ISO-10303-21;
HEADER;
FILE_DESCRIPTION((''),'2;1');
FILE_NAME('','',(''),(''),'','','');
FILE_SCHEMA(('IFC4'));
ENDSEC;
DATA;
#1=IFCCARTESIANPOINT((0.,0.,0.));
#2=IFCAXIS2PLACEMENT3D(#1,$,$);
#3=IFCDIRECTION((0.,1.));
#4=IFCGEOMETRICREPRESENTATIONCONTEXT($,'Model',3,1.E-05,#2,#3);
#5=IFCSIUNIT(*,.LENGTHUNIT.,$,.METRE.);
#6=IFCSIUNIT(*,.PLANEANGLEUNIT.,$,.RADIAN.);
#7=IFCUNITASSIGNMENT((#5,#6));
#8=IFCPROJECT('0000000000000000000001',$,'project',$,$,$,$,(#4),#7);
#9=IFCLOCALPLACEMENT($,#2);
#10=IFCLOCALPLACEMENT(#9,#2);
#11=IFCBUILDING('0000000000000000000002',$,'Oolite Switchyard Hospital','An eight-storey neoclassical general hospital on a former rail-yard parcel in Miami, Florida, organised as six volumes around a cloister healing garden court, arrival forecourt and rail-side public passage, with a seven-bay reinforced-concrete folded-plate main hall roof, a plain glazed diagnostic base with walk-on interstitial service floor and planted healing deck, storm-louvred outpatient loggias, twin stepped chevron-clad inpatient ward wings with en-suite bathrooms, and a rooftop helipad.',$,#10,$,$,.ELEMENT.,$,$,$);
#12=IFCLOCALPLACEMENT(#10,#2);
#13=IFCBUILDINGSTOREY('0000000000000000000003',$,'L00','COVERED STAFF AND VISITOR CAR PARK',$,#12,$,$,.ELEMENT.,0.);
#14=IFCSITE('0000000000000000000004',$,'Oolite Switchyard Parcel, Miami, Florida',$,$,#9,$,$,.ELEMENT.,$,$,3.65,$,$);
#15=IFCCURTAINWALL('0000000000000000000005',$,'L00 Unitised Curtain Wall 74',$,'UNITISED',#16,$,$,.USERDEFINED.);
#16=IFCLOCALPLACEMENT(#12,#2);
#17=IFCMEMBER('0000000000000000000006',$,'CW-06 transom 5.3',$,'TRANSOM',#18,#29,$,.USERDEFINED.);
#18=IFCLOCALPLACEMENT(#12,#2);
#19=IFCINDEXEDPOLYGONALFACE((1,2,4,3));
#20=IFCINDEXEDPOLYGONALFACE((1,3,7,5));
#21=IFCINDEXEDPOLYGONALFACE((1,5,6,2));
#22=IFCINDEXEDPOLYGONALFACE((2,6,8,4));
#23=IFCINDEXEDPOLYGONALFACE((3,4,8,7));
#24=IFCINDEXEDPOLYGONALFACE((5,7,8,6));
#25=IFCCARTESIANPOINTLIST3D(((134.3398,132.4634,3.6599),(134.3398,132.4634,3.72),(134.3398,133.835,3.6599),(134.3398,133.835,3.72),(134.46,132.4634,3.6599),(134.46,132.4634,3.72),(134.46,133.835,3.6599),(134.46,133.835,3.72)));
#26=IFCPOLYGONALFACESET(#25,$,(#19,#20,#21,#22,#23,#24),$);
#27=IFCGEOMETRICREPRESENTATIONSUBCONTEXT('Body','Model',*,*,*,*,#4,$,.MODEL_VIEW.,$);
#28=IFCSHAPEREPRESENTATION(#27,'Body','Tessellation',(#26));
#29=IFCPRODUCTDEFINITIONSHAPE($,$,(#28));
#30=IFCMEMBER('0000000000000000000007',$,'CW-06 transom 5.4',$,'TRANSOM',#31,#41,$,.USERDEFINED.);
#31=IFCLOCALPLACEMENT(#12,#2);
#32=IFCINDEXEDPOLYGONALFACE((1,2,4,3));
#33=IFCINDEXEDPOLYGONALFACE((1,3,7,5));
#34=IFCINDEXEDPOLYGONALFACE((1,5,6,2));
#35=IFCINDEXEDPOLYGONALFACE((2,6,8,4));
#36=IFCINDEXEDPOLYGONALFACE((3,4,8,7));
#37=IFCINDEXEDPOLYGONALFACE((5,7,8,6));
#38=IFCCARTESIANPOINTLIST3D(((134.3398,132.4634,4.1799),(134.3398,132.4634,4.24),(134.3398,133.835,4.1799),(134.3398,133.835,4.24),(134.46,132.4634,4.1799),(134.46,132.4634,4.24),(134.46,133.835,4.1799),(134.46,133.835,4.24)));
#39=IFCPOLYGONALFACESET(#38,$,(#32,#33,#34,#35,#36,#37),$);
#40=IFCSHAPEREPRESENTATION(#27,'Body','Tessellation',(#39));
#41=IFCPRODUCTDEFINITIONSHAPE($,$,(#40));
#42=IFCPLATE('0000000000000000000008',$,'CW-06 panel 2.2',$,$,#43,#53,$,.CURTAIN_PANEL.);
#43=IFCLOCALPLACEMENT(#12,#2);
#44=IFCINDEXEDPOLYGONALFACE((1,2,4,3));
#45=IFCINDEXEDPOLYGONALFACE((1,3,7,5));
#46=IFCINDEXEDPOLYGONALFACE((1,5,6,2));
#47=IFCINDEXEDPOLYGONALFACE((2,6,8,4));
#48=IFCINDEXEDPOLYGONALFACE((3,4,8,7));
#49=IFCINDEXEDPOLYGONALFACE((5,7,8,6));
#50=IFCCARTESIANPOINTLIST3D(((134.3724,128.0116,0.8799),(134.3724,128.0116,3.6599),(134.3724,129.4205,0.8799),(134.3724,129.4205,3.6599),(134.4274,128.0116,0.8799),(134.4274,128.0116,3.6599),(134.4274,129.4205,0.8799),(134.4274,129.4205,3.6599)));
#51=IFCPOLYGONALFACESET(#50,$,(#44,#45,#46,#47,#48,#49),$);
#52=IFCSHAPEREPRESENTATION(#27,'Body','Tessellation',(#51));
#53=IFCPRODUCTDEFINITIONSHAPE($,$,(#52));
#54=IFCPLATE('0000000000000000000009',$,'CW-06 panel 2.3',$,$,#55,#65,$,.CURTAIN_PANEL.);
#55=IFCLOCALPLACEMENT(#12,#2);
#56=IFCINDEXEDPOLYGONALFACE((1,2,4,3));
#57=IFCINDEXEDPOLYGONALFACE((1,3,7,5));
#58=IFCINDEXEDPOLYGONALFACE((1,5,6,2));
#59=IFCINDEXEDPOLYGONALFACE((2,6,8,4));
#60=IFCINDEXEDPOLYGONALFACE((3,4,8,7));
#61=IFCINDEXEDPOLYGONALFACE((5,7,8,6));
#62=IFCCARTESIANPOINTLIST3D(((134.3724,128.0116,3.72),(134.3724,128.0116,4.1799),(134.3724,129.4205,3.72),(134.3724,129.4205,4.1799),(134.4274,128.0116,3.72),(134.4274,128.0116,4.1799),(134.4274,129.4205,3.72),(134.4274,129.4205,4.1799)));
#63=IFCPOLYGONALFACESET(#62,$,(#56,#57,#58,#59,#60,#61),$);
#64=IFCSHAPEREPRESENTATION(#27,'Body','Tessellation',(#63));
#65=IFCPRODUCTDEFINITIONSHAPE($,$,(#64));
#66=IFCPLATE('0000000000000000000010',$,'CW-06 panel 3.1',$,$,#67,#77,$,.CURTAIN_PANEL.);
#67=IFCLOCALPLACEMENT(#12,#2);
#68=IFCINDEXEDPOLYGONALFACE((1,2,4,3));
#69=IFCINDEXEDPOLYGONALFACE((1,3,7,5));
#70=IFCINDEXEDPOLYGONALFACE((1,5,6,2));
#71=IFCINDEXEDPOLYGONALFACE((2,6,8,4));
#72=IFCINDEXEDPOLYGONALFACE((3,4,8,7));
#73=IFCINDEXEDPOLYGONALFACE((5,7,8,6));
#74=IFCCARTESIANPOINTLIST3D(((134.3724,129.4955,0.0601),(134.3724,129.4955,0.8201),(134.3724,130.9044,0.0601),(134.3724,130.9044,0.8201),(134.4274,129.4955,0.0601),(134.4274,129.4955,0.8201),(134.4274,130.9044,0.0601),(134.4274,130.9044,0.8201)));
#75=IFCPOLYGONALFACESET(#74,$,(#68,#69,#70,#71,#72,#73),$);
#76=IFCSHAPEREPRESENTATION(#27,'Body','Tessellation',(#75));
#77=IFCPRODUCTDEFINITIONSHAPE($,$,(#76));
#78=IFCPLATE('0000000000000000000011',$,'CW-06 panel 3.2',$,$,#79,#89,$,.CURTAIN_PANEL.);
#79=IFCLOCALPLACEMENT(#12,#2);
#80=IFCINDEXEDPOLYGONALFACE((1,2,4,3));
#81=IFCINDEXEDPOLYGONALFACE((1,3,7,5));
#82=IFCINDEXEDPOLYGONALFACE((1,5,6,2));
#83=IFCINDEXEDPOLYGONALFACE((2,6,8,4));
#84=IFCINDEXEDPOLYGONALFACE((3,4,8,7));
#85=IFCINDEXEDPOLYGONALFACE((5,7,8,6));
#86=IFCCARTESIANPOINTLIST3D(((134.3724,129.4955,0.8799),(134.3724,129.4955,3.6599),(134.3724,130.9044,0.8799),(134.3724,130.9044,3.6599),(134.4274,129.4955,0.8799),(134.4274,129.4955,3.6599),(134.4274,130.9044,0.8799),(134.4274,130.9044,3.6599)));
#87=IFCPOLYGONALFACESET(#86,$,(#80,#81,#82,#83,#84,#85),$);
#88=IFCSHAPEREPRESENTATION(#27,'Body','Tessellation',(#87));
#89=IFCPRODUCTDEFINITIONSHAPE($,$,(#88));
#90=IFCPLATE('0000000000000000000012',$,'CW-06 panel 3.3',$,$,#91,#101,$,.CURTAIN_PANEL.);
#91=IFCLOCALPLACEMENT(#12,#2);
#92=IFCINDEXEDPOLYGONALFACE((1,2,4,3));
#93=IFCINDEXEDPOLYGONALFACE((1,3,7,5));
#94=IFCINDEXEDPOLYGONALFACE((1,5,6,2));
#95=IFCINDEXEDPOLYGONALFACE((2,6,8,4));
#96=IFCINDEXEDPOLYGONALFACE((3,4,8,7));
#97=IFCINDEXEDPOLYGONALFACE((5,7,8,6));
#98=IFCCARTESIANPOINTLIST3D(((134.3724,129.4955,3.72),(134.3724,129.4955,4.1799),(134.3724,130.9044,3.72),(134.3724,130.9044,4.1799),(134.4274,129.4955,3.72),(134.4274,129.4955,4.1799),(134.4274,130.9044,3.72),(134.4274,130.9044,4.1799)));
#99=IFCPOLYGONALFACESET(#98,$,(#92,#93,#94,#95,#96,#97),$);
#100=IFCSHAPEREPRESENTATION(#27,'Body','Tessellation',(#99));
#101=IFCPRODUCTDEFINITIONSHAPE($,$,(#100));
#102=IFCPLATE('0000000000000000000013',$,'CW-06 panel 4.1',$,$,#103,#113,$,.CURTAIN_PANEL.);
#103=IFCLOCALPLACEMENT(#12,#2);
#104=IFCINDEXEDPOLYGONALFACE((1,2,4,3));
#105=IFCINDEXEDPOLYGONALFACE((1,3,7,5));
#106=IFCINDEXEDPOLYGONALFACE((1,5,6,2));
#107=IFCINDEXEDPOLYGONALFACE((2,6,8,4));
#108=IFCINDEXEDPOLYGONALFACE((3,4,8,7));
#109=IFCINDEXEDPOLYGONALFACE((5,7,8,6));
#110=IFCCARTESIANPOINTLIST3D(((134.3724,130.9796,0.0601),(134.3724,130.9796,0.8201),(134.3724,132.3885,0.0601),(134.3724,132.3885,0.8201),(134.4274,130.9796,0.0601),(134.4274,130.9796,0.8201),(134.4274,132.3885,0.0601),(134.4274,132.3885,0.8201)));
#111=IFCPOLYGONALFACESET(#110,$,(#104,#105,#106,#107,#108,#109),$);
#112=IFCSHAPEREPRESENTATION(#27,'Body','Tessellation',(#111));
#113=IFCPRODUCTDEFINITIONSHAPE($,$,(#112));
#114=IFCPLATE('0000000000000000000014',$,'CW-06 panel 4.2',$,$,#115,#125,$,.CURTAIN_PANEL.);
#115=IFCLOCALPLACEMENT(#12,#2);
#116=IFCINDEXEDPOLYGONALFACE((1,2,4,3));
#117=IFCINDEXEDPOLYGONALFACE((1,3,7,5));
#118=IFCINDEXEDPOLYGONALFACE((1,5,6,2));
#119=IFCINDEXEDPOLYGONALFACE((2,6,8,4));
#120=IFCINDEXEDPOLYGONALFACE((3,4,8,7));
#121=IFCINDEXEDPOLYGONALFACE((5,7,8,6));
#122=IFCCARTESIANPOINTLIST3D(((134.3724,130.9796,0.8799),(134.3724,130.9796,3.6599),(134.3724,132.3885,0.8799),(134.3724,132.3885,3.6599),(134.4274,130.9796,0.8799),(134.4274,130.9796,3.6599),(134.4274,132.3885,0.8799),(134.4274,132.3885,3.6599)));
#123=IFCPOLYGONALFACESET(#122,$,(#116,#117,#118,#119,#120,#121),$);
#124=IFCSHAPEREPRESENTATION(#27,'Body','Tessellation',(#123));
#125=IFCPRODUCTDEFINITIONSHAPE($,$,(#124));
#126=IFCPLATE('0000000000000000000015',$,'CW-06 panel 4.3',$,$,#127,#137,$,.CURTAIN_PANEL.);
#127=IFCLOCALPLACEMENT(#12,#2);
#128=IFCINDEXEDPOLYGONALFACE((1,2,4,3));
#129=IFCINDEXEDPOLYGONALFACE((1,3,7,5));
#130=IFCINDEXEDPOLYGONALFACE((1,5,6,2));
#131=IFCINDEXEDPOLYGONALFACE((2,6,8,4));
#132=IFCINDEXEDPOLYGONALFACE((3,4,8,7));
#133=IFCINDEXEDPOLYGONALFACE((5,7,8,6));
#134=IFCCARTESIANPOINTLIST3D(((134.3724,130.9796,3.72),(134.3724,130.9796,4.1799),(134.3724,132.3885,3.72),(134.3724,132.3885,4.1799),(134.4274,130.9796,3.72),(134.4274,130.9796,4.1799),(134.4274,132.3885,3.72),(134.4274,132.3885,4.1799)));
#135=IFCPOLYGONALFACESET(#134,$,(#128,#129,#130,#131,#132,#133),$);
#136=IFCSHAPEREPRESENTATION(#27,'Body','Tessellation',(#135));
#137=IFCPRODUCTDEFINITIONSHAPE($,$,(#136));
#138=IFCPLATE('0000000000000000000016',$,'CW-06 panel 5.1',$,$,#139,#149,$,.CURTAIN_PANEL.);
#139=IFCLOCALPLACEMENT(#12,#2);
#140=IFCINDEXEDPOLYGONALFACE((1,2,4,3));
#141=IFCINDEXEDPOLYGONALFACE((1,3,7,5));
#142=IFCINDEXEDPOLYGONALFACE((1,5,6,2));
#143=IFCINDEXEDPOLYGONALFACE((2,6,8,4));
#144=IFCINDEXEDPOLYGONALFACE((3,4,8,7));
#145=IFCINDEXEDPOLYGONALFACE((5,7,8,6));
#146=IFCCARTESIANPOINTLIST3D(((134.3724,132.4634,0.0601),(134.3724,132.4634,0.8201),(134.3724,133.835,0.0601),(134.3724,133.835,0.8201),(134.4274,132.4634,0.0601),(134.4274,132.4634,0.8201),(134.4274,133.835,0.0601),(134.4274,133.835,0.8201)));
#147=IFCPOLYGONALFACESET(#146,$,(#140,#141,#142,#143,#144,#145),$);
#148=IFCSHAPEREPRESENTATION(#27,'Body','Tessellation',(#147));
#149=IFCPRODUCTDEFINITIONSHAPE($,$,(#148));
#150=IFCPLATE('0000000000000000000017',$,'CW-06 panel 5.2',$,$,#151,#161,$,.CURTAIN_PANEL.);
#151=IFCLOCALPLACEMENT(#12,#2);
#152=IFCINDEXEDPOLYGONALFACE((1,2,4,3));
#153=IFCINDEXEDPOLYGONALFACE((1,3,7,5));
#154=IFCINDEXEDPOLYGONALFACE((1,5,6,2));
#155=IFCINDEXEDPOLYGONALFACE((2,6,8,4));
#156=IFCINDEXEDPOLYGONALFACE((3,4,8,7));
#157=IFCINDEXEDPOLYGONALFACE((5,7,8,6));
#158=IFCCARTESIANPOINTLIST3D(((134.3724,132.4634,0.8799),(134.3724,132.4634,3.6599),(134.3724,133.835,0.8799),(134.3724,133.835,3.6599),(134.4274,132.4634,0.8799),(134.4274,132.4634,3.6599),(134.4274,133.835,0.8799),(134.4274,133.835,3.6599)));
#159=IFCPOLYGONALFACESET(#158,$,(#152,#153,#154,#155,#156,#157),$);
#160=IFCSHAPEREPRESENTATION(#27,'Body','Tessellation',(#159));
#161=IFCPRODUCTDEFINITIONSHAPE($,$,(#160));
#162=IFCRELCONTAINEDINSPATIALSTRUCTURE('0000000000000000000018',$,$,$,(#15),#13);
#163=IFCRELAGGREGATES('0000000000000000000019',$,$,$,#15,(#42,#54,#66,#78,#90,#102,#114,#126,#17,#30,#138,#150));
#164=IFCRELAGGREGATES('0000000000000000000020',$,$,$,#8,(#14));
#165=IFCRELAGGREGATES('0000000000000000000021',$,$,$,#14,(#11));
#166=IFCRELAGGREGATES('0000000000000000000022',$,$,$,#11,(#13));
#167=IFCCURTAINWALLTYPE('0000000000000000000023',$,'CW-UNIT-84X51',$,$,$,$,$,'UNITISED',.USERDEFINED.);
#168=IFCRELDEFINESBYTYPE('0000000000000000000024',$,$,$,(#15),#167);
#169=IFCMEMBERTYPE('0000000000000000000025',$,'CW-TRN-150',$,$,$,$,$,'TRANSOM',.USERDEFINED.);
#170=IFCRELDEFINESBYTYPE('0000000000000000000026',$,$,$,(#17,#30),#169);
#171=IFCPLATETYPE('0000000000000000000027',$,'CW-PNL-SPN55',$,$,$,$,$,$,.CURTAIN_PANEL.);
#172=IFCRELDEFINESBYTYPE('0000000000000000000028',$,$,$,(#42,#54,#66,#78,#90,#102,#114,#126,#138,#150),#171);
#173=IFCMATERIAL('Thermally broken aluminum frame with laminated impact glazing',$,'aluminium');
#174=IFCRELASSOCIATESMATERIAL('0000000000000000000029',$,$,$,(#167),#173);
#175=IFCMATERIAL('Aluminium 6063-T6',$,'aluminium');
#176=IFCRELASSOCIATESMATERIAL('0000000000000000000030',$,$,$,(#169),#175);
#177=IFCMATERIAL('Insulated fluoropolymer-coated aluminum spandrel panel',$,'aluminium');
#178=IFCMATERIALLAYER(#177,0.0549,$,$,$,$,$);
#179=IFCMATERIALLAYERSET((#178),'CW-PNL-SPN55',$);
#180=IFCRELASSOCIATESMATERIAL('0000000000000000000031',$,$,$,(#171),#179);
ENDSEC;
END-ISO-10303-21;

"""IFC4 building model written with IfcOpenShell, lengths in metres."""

from ifc_helpers import new_model, si_unit, direction, frame, origin, origin_2d, place, context, subcontext, project, spatial, rectangle, extrude, material, layer, layer_set, material_profile, profile_set, type_object, element, aggregate, save


model = new_model("IFC4")

# Units and contexts
model_context = context("Model", 3, precision=1e-05, world=origin(), true_north=direction((0.0, 1.0)))
body_context = subcontext(model_context, "Body", "Model", "MODEL_VIEW")
ifc_project = project(units=[si_unit("LENGTHUNIT", "METRE"), si_unit("PLANEANGLEUNIT", "RADIAN")], contexts=[model_context])

# Site, building, storey
site_placement = place(None, origin())
site = spatial("IfcSite", under=ifc_project, at=site_placement, Name="Oolite Switchyard Parcel, Miami, Florida", CompositionType="ELEMENT", RefElevation=3.65)
building_placement = place(site_placement, origin())
building = spatial("IfcBuilding", under=site, at=building_placement, Name="Oolite Switchyard Hospital", Description="An eight-storey neoclassical general hospital on a former rail-yard parcel in Miami, Florida, organised as six volumes around a cloister healing garden court, arrival forecourt and rail-side public passage, with a seven-bay reinforced-concrete folded-plate main hall roof, a plain glazed diagnostic base with walk-on interstitial service floor and planted healing deck, storm-louvred outpatient loggias, twin stepped chevron-clad inpatient ward wings with en-suite bathrooms, and a rooftop helipad.", CompositionType="ELEMENT")
storey_placement = place(building_placement, origin())
storey = spatial("IfcBuildingStorey", under=building, at=storey_placement, Name="L00", Description="COVERED STAFF AND VISITOR CAR PARK", CompositionType="ELEMENT", Elevation=0.0)

# Curtain wall, members, plates
ifc_material_1 = material(Name="Thermally broken aluminum frame with laminated impact glazing", Category="aluminium")
curtain_wall_type = type_object("IfcCurtainWallType", Name="CW-UNIT-84X51", ElementType="UNITISED", PredefinedType="USERDEFINED", material=ifc_material_1)
curtain_wall_placement = place(storey_placement, origin())
curtain_wall = element("IfcCurtainWall", 1, at=curtain_wall_placement, inside=storey, type_object=curtain_wall_type, Name="L00 Unitised Curtain Wall 74", ObjectType="UNITISED", PredefinedType="USERDEFINED")
ifc_material_2 = material(Name="Aluminium 6063-T6", Category="aluminium")
ifc_material_profile_1 = material_profile(ifc_material_2, rectangle(XDim=0.1201, YDim=0.0601, at=origin_2d()), Name="CWT60X120")
ifc_profile_set_1 = profile_set([ifc_material_profile_1], Name="Aluminium 6063-T6")
member_type_1 = type_object("IfcMemberType", Name="CW-TRN-150", ElementType="TRANSOM", PredefinedType="USERDEFINED", material=ifc_profile_set_1)
member_1_placement = place(storey_placement, frame((134.3999, 132.4634, 3.6899), z_axis=(0.0, 1.0, 0.0), x_axis=(-1.0, 0.0, 0.0)))
member_1 = element("IfcMember", 2, at=member_1_placement, type_object=member_type_1, Name="CW-06 transom 5.3", ObjectType="TRANSOM", PredefinedType="USERDEFINED", context=body_context, shape_type="SweptSolid", body=[
    extrude(rectangle(XDim=0.1201, YDim=0.0601, at=origin_2d()), origin(), (0.0, 0.0, 1.0), 1.3716),
])
member_2_placement = place(storey_placement, frame((134.3999, 132.4634, 4.21), z_axis=(0.0, 1.0, 0.0), x_axis=(-1.0, 0.0, 0.0)))
member_2 = element("IfcMember", 3, at=member_2_placement, type_object=member_type_1, Name="CW-06 transom 5.4", ObjectType="TRANSOM", PredefinedType="USERDEFINED", context=body_context, shape_type="SweptSolid", body=[
    extrude(rectangle(XDim=0.1201, YDim=0.0601, at=origin_2d()), origin(), (0.0, 0.0, 1.0), 1.3716),
])
ifc_material_3 = material(Name="Insulated fluoropolymer-coated aluminum spandrel panel", Category="aluminium")
ifc_layer = layer(ifc_material_3, 0.0549)
ifc_layer_set = layer_set([ifc_layer], Name="CW-PNL-SPN55")
plate_type = type_object("IfcPlateType", Name="CW-PNL-SPN55", PredefinedType="CURTAIN_PANEL", material=ifc_layer_set)
plate_1_placement = place(storey_placement, frame((134.3999, 128.7161, 0.8799), z_axis=(0.0, 0.0, 1.0), x_axis=(0.0, 1.0, 0.0)))
plate_1 = element("IfcPlate", 4, at=plate_1_placement, type_object=plate_type, Name="CW-06 panel 2.2", PredefinedType="CURTAIN_PANEL", context=body_context, shape_type="SweptSolid", body=[
    extrude(rectangle(XDim=1.4089, YDim=0.0549, at=origin_2d()), origin(), (0.0, 0.0, 1.0), 2.78),
])
plate_2_placement = place(storey_placement, frame((134.3999, 128.7161, 3.72), z_axis=(0.0, 0.0, 1.0), x_axis=(0.0, 1.0, 0.0)))
plate_2 = element("IfcPlate", 5, at=plate_2_placement, type_object=plate_type, Name="CW-06 panel 2.3", PredefinedType="CURTAIN_PANEL", context=body_context, shape_type="SweptSolid", body=[
    extrude(rectangle(XDim=1.4089, YDim=0.0549, at=origin_2d()), origin(), (0.0, 0.0, 1.0), 0.46),
])
plate_3_placement = place(storey_placement, frame((134.3999, 130.2, 0.0601), z_axis=(0.0, 0.0, 1.0), x_axis=(0.0, 1.0, 0.0)))
plate_3 = element("IfcPlate", 6, at=plate_3_placement, type_object=plate_type, Name="CW-06 panel 3.1", PredefinedType="CURTAIN_PANEL", context=body_context, shape_type="SweptSolid", body=[
    extrude(rectangle(XDim=1.4089, YDim=0.0549, at=origin_2d()), origin(), (0.0, 0.0, 1.0), 0.76),
])
plate_4_placement = place(storey_placement, frame((134.3999, 130.2, 0.8799), z_axis=(0.0, 0.0, 1.0), x_axis=(0.0, 1.0, 0.0)))
plate_4 = element("IfcPlate", 7, at=plate_4_placement, type_object=plate_type, Name="CW-06 panel 3.2", PredefinedType="CURTAIN_PANEL", context=body_context, shape_type="SweptSolid", body=[
    extrude(rectangle(XDim=1.4089, YDim=0.0549, at=origin_2d()), origin(), (0.0, 0.0, 1.0), 2.78),
])
plate_5_placement = place(storey_placement, frame((134.3999, 130.2, 3.72), z_axis=(0.0, 0.0, 1.0), x_axis=(0.0, 1.0, 0.0)))
plate_5 = element("IfcPlate", 8, at=plate_5_placement, type_object=plate_type, Name="CW-06 panel 3.3", PredefinedType="CURTAIN_PANEL", context=body_context, shape_type="SweptSolid", body=[
    extrude(rectangle(XDim=1.4089, YDim=0.0549, at=origin_2d()), origin(), (0.0, 0.0, 1.0), 0.46),
])
plate_6_placement = place(storey_placement, frame((134.3999, 131.6841, 0.0601), z_axis=(0.0, 0.0, 1.0), x_axis=(0.0, 1.0, 0.0)))
plate_6 = element("IfcPlate", 9, at=plate_6_placement, type_object=plate_type, Name="CW-06 panel 4.1", PredefinedType="CURTAIN_PANEL", context=body_context, shape_type="SweptSolid", body=[
    extrude(rectangle(XDim=1.4089, YDim=0.0549, at=origin_2d()), origin(), (0.0, 0.0, 1.0), 0.76),
])
plate_7_placement = place(storey_placement, frame((134.3999, 131.6841, 0.8799), z_axis=(0.0, 0.0, 1.0), x_axis=(0.0, 1.0, 0.0)))
plate_7 = element("IfcPlate", 10, at=plate_7_placement, type_object=plate_type, Name="CW-06 panel 4.2", PredefinedType="CURTAIN_PANEL", context=body_context, shape_type="SweptSolid", body=[
    extrude(rectangle(XDim=1.4089, YDim=0.0549, at=origin_2d()), origin(), (0.0, 0.0, 1.0), 2.78),
])
plate_8_placement = place(storey_placement, frame((134.3999, 131.6841, 3.72), z_axis=(0.0, 0.0, 1.0), x_axis=(0.0, 1.0, 0.0)))
plate_8 = element("IfcPlate", 11, at=plate_8_placement, type_object=plate_type, Name="CW-06 panel 4.3", PredefinedType="CURTAIN_PANEL", context=body_context, shape_type="SweptSolid", body=[
    extrude(rectangle(XDim=1.4089, YDim=0.0549, at=origin_2d()), origin(), (0.0, 0.0, 1.0), 0.46),
])
plate_9_placement = place(storey_placement, frame((134.3999, 133.1492, 0.0601), z_axis=(0.0, 0.0, 1.0), x_axis=(0.0, 1.0, 0.0)))
plate_9 = element("IfcPlate", 12, at=plate_9_placement, type_object=plate_type, Name="CW-06 panel 5.1", PredefinedType="CURTAIN_PANEL", context=body_context, shape_type="SweptSolid", body=[
    extrude(rectangle(XDim=1.3716, YDim=0.0549, at=origin_2d()), origin(), (0.0, 0.0, 1.0), 0.76),
])
plate_10_placement = place(storey_placement, frame((134.3999, 133.1492, 0.8799), z_axis=(0.0, 0.0, 1.0), x_axis=(0.0, 1.0, 0.0)))
plate_10 = element("IfcPlate", 13, at=plate_10_placement, type_object=plate_type, Name="CW-06 panel 5.2", PredefinedType="CURTAIN_PANEL", context=body_context, shape_type="SweptSolid", body=[
    extrude(rectangle(XDim=1.3716, YDim=0.0549, at=origin_2d()), origin(), (0.0, 0.0, 1.0), 2.78),
])
aggregate(curtain_wall, [plate_1, plate_2, plate_3, plate_4, plate_5, plate_6, plate_7, plate_8, member_1, member_2, plate_9, plate_10])

save(model, "model.ifc")
